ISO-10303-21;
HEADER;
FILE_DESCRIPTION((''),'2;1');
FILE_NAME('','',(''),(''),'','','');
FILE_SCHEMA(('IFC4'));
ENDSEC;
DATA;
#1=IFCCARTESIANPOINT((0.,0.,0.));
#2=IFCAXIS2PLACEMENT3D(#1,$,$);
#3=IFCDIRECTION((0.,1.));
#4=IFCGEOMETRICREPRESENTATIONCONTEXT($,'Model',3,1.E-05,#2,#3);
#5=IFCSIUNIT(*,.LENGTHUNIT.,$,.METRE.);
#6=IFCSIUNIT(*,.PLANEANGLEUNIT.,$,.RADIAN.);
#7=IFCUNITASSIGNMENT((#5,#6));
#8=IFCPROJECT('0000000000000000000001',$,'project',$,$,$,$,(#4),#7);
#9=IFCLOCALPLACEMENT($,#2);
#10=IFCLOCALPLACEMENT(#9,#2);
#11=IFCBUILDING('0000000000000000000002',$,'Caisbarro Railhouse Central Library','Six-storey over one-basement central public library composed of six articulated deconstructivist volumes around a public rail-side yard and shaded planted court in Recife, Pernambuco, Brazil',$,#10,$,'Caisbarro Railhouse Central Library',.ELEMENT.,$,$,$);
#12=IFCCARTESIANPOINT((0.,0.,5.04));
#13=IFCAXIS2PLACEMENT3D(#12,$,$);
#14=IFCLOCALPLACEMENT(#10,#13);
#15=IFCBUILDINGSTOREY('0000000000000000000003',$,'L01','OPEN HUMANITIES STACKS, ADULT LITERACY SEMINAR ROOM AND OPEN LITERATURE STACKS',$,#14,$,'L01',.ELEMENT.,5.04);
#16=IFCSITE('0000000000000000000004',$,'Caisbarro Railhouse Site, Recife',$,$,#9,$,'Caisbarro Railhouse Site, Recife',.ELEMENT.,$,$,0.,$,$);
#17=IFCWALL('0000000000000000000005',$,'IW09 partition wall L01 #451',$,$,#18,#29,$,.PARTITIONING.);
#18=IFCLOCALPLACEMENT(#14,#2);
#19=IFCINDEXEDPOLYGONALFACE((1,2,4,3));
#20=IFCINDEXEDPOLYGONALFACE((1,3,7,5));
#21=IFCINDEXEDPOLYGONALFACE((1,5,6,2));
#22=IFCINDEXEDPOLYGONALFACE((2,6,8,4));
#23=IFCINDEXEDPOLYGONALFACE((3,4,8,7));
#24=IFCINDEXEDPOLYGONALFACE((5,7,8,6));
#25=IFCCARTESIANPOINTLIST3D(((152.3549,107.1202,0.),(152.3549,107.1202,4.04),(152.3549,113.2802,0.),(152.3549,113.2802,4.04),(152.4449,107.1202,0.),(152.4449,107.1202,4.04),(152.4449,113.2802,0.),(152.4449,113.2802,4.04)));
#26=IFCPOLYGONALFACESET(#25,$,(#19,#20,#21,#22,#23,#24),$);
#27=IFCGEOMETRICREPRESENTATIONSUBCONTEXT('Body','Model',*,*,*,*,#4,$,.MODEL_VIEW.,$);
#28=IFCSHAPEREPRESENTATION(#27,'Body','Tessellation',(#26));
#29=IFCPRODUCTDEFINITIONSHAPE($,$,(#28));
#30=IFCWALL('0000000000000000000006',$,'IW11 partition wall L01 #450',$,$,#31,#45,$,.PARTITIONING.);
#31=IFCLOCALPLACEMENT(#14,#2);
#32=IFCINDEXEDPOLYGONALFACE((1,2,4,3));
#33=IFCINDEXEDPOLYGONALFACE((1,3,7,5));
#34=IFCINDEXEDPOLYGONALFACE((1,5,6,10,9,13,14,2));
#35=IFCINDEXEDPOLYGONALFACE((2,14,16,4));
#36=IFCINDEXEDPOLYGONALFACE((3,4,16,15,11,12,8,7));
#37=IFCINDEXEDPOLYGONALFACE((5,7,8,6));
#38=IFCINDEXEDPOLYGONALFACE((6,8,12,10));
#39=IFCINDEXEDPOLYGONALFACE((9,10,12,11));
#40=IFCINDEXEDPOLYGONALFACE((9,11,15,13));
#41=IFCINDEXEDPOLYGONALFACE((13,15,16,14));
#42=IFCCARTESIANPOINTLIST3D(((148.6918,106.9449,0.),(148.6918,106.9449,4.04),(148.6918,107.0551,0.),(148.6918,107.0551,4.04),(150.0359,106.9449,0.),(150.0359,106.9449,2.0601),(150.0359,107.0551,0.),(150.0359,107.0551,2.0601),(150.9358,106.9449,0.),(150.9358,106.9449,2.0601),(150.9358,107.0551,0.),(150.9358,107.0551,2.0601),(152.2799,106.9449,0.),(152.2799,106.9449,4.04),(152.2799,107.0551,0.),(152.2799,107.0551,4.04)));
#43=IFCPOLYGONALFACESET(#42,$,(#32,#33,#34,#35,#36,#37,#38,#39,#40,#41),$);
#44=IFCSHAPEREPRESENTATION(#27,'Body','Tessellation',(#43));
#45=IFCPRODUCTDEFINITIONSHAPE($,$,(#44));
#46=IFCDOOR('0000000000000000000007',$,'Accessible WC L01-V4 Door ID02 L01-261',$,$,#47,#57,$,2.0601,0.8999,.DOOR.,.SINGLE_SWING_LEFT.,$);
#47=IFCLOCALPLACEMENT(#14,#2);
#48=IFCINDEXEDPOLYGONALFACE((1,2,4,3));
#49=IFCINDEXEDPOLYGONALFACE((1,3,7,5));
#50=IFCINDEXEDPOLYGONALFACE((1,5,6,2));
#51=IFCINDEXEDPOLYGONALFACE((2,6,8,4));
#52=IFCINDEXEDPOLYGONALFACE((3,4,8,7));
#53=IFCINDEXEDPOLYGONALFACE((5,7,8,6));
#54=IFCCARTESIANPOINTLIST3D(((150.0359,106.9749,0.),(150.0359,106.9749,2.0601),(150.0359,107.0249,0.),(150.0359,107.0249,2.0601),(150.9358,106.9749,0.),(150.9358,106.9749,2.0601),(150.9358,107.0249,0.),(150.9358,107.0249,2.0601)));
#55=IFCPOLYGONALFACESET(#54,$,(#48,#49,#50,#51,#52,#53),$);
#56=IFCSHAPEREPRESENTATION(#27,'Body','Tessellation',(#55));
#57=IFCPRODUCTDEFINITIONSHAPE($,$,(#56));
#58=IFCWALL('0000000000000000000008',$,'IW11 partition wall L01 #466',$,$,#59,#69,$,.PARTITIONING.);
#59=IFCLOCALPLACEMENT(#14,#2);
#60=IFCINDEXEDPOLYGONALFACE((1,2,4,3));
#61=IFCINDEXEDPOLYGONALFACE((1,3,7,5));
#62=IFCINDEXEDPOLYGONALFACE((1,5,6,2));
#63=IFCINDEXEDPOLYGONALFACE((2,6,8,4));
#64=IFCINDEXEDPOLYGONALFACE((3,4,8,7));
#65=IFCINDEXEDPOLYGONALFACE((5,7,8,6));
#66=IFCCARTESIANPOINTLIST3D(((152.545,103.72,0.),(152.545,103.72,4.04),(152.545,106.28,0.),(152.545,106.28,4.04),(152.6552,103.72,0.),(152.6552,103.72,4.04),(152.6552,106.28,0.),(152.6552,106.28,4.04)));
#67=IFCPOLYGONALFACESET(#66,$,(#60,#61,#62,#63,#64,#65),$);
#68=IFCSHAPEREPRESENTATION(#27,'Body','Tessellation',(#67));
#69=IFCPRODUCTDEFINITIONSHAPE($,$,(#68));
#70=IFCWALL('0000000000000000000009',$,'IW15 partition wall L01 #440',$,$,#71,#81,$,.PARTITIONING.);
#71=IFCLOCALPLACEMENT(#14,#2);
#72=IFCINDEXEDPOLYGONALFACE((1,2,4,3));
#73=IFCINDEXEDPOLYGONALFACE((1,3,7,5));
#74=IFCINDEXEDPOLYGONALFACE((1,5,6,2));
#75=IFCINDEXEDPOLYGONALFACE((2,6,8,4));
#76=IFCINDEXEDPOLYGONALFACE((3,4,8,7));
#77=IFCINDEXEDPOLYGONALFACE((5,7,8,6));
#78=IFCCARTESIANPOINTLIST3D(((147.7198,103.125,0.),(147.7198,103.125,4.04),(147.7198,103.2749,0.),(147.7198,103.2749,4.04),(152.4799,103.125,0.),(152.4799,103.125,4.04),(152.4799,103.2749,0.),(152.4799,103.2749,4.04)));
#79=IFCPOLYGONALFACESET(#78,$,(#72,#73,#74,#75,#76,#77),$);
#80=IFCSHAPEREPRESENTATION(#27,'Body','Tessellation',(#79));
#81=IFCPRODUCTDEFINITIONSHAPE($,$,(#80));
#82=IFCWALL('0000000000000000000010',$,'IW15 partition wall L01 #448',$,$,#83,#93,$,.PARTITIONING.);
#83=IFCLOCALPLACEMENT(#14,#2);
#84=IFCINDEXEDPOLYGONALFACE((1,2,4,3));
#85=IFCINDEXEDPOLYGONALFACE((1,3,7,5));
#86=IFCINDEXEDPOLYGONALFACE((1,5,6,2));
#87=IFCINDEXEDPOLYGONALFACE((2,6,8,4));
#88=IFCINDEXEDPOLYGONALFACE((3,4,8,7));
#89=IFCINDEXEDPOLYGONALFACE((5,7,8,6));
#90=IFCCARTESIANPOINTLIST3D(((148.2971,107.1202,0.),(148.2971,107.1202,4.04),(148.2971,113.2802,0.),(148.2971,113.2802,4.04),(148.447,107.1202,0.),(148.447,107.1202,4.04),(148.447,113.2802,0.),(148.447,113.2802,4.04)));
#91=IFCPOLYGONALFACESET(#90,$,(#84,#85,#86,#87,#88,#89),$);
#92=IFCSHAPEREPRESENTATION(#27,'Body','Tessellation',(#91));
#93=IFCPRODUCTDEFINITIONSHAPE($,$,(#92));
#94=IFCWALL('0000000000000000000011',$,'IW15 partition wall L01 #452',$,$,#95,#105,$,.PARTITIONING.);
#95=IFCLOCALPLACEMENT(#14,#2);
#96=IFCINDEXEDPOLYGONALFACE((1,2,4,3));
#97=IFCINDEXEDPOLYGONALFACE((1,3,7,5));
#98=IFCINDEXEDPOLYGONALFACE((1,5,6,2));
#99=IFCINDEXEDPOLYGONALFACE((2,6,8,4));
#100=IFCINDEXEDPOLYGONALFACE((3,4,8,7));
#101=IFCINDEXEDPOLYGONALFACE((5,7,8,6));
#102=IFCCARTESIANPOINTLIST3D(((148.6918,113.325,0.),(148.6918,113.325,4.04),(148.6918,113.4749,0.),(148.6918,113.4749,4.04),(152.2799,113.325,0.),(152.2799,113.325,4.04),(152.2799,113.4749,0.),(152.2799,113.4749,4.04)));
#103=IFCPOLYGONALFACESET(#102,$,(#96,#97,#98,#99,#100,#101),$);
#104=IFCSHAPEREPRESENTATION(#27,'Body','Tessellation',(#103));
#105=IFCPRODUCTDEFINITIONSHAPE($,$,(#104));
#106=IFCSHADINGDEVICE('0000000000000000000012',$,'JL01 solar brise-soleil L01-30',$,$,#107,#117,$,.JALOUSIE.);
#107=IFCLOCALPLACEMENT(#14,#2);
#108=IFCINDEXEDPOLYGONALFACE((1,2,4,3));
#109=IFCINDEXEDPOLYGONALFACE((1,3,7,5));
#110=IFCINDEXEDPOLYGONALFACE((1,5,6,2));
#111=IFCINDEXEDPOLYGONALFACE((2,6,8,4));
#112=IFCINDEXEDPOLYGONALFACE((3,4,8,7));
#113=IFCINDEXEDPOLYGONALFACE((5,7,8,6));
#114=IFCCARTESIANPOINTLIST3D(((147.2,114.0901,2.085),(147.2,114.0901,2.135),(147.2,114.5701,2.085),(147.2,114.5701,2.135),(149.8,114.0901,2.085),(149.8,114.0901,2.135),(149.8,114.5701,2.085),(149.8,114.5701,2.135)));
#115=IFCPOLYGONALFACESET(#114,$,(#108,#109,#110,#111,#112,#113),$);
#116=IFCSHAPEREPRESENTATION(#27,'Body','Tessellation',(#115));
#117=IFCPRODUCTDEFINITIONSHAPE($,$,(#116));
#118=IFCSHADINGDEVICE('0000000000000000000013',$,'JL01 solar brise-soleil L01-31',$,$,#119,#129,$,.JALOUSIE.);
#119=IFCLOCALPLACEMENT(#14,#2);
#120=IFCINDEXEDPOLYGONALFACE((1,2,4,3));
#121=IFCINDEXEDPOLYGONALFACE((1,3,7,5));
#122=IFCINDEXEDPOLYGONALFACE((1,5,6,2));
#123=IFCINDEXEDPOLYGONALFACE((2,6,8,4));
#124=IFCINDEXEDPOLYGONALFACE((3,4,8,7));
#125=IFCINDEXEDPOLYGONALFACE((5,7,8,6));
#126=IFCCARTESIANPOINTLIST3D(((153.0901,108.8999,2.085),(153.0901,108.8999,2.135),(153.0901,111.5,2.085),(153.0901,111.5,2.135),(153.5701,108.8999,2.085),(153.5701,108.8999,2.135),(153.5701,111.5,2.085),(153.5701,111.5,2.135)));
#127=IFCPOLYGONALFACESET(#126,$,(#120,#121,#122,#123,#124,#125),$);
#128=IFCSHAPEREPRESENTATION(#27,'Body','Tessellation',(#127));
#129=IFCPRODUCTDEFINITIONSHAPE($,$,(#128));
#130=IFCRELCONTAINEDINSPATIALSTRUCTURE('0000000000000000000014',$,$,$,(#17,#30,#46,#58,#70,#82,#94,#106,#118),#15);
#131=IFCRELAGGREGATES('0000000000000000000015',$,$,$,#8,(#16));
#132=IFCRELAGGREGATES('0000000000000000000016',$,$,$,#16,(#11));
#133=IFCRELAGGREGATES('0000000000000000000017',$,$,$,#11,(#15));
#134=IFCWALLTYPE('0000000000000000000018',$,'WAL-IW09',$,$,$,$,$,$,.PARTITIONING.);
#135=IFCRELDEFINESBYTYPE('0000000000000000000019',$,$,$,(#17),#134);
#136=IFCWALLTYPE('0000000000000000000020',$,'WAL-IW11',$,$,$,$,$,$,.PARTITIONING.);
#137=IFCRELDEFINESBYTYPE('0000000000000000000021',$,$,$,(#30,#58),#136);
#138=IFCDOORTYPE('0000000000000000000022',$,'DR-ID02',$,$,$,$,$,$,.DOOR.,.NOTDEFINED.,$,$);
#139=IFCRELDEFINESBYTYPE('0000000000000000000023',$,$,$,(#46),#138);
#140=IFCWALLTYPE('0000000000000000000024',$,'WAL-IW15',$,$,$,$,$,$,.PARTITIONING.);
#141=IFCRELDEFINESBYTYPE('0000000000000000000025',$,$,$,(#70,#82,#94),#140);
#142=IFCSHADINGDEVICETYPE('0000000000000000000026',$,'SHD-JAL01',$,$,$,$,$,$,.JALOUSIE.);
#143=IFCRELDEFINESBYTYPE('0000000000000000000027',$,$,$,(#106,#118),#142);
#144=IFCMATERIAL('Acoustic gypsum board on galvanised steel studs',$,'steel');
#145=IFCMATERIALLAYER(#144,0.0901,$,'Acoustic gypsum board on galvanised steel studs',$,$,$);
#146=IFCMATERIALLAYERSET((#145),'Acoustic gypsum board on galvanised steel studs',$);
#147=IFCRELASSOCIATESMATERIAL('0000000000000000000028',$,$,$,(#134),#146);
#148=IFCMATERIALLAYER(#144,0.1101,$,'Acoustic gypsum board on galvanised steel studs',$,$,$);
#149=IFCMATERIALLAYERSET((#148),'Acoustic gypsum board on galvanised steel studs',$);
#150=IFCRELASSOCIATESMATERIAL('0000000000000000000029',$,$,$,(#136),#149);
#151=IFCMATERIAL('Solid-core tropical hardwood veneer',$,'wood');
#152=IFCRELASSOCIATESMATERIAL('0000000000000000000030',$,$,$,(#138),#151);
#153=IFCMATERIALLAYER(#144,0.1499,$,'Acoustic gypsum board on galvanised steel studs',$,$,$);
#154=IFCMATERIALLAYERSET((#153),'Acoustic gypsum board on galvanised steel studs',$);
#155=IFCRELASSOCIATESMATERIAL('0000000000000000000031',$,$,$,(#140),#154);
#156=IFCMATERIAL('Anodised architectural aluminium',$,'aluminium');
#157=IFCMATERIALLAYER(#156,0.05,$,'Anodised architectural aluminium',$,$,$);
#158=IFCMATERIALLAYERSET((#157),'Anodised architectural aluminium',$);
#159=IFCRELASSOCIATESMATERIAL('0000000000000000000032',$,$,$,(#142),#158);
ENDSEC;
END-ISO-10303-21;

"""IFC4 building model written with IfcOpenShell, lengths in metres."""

from ifc_helpers import new_model, si_unit, direction, frame, frame_2d, origin, origin_2d, place, context, subcontext, project, spatial, rectangle, extrude, material, layer, layer_set, type_object, element, fill, save


model = new_model("IFC4")

# Units and contexts
model_context = context("Model", 3, precision=1e-05, world=origin(), true_north=direction((0.0, 1.0)))
body_context = subcontext(model_context, "Body", "Model", "MODEL_VIEW")
ifc_project = project(units=[si_unit("LENGTHUNIT", "METRE"), si_unit("PLANEANGLEUNIT", "RADIAN")], contexts=[model_context])

# Site, building, storey
site_placement = place(None, origin())
site = spatial("IfcSite", under=ifc_project, at=site_placement, Name="Caisbarro Railhouse Site, Recife", LongName="Caisbarro Railhouse Site, Recife", CompositionType="ELEMENT", RefElevation=0.0)
building_placement = place(site_placement, origin())
building = spatial("IfcBuilding", under=site, at=building_placement, Name="Caisbarro Railhouse Central Library", Description="Six-storey over one-basement central public library composed of six articulated deconstructivist volumes around a public rail-side yard and shaded planted court in Recife, Pernambuco, Brazil", LongName="Caisbarro Railhouse Central Library", CompositionType="ELEMENT")
storey_placement = place(building_placement, frame((0.0, 0.0, 5.04)))
storey = spatial("IfcBuildingStorey", under=building, at=storey_placement, Name="L01", Description="OPEN HUMANITIES STACKS, ADULT LITERACY SEMINAR ROOM AND OPEN LITERATURE STACKS", LongName="L01", CompositionType="ELEMENT", Elevation=5.04)

# Shared definitions
ifc_material_1 = material(Name="Anodised architectural aluminium", Category="aluminium")

# Wall
ifc_material_2 = material(Name="Acoustic gypsum board on galvanised steel studs", Category="steel")
ifc_layer_1 = layer(ifc_material_2, 0.0901, Name="Acoustic gypsum board on galvanised steel studs")
ifc_layer_set_1 = layer_set([ifc_layer_1], Name="Acoustic gypsum board on galvanised steel studs")
wall_type_1 = type_object("IfcWallType", Name="WAL-IW09", PredefinedType="PARTITIONING", material=ifc_layer_set_1)
wall_1_placement = place(storey_placement, frame((152.3999, 107.1201, 0.0), z_axis=(0.0, 0.0, 1.0), x_axis=(0.0, 1.0, 0.0)))
element("IfcWall", 1, at=wall_1_placement, inside=storey, type_object=wall_type_1, Name="IW09 partition wall L01 #451", PredefinedType="PARTITIONING", context=body_context, shape_type="SweptSolid", body=[
    extrude(rectangle(XDim=6.1599, YDim=0.0901, at=frame_2d((3.0801, 0.0))), origin(), (0.0, 0.0, 1.0), 4.04),
])

# Wall, opening, door
ifc_layer_2 = layer(ifc_material_2, 0.1101, Name="Acoustic gypsum board on galvanised steel studs")
ifc_layer_set_2 = layer_set([ifc_layer_2], Name="Acoustic gypsum board on galvanised steel studs")
wall_type_2 = type_object("IfcWallType", Name="WAL-IW11", PredefinedType="PARTITIONING", material=ifc_layer_set_2)
wall_2_placement = place(storey_placement, frame((148.6919, 107.0, 0.0), z_axis=(0.0, 0.0, 1.0), x_axis=(1.0, 0.0, 0.0)))
wall_2 = element("IfcWall", 2, at=wall_2_placement, inside=storey, type_object=wall_type_2, Name="IW11 partition wall L01 #450", PredefinedType="PARTITIONING", context=body_context, shape_type="SweptSolid", body=[
    extrude(rectangle(XDim=3.5881, YDim=0.1101, at=frame_2d((1.7939, 0.0))), origin(), (0.0, 0.0, 1.0), 4.04),
])
opening_1_placement = place(wall_2_placement, frame((1.344, 0.0, 0.0)))
opening_1 = element("IfcOpeningElement", 3, at=opening_1_placement, cuts=wall_2, PredefinedType="OPENING", context=body_context, shape_type="SweptSolid", body=[
    extrude(rectangle(XDim=0.8999, YDim=2.0601, at=frame_2d((0.45, 1.03))), frame((0.0, 0.0649, 0.0), z_axis=(0.0, -1.0, 0.0), x_axis=(1.0, 0.0, 0.0)), (0.0, 0.0, 1.0), 0.1301),
])
ifc_material_3 = material(Name="Solid-core tropical hardwood veneer", Category="wood")
door_type = type_object("IfcDoorType", Name="DR-ID02", OperationType="NOTDEFINED", PredefinedType="DOOR", material=ifc_material_3)
door_placement = place(opening_1_placement, origin())
door = element("IfcDoor", 4, at=door_placement, inside=storey, type_object=door_type, Name="Accessible WC L01-V4 Door ID02 L01-261", OperationType="SINGLE_SWING_LEFT", OverallHeight=2.0601, OverallWidth=0.8999, PredefinedType="DOOR", context=body_context, shape_type="SweptSolid", body=[
    extrude(rectangle(XDim=0.8999, YDim=2.0601, at=frame_2d((0.45, 1.03))), frame((0.0, 0.0249, 0.0), z_axis=(0.0, -1.0, 0.0), x_axis=(1.0, 0.0, 0.0)), (0.0, 0.0, 1.0), 0.05),
])
fill(opening_1, door)

# Walls
wall_3_placement = place(storey_placement, frame((152.6001, 103.72, 0.0), z_axis=(0.0, 0.0, 1.0), x_axis=(0.0, 1.0, 0.0)))
element("IfcWall", 5, at=wall_3_placement, inside=storey, type_object=wall_type_2, Name="IW11 partition wall L01 #466", PredefinedType="PARTITIONING", context=body_context, shape_type="SweptSolid", body=[
    extrude(rectangle(XDim=2.5601, YDim=0.1101, at=frame_2d((1.28, 0.0))), origin(), (0.0, 0.0, 1.0), 4.04),
])
ifc_layer_3 = layer(ifc_material_2, 0.1499, Name="Acoustic gypsum board on galvanised steel studs")
ifc_layer_set_3 = layer_set([ifc_layer_3], Name="Acoustic gypsum board on galvanised steel studs")
wall_type_3 = type_object("IfcWallType", Name="WAL-IW15", PredefinedType="PARTITIONING", material=ifc_layer_set_3)
wall_4_placement = place(storey_placement, frame((147.72, 103.2, 0.0), z_axis=(0.0, 0.0, 1.0), x_axis=(1.0, 0.0, 0.0)))
element("IfcWall", 6, at=wall_4_placement, inside=storey, type_object=wall_type_3, Name="IW15 partition wall L01 #440", PredefinedType="PARTITIONING", context=body_context, shape_type="SweptSolid", body=[
    extrude(rectangle(XDim=4.76, YDim=0.1499, at=frame_2d((2.3799, 0.0))), origin(), (0.0, 0.0, 1.0), 4.04),
])
wall_5_placement = place(storey_placement, frame((148.3721, 107.1201, 0.0), z_axis=(0.0, 0.0, 1.0), x_axis=(0.0, 1.0, 0.0)))
element("IfcWall", 7, at=wall_5_placement, inside=storey, type_object=wall_type_3, Name="IW15 partition wall L01 #448", PredefinedType="PARTITIONING", context=body_context, shape_type="SweptSolid", body=[
    extrude(rectangle(XDim=6.1599, YDim=0.1499, at=frame_2d((3.0801, 0.0))), origin(), (0.0, 0.0, 1.0), 4.04),
])
wall_6_placement = place(storey_placement, frame((148.6919, 113.3999, 0.0), z_axis=(0.0, 0.0, 1.0), x_axis=(1.0, 0.0, 0.0)))
element("IfcWall", 8, at=wall_6_placement, inside=storey, type_object=wall_type_3, Name="IW15 partition wall L01 #452", PredefinedType="PARTITIONING", context=body_context, shape_type="SweptSolid", body=[
    extrude(rectangle(XDim=3.5881, YDim=0.1499, at=frame_2d((1.7939, 0.0))), origin(), (0.0, 0.0, 1.0), 4.04),
])

# Shading devices
ifc_layer_4 = layer(ifc_material_1, 0.05, Name="Anodised architectural aluminium")
ifc_layer_set_4 = layer_set([ifc_layer_4], Name="Anodised architectural aluminium")
shading_device_type = type_object("IfcShadingDeviceType", Name="SHD-JAL01", PredefinedType="JALOUSIE", material=ifc_layer_set_4)
for number, where, z_axis, x_axis, name in (
    (9, (148.5, 114.3301, 2.085), (0.0, 0.0, 1.0), (1.0, 0.0, 0.0), "JL01 solar brise-soleil L01-30"),
    (10, (153.3301, 110.2, 2.085), (0.0, 0.0, 1.0), (0.0, 1.0, 0.0), "JL01 solar brise-soleil L01-31"),
):
    element("IfcShadingDevice", number, at=place(storey_placement, frame(where, z_axis=z_axis, x_axis=x_axis)), inside=storey, type_object=shading_device_type, Name=name, PredefinedType="JALOUSIE", context=body_context, shape_type="SweptSolid", body=[
        extrude(rectangle(XDim=2.6001, YDim=0.48, at=origin_2d()), origin(), (0.0, 0.0, 1.0), 0.05),
    ])

save(model, "model.ifc")
